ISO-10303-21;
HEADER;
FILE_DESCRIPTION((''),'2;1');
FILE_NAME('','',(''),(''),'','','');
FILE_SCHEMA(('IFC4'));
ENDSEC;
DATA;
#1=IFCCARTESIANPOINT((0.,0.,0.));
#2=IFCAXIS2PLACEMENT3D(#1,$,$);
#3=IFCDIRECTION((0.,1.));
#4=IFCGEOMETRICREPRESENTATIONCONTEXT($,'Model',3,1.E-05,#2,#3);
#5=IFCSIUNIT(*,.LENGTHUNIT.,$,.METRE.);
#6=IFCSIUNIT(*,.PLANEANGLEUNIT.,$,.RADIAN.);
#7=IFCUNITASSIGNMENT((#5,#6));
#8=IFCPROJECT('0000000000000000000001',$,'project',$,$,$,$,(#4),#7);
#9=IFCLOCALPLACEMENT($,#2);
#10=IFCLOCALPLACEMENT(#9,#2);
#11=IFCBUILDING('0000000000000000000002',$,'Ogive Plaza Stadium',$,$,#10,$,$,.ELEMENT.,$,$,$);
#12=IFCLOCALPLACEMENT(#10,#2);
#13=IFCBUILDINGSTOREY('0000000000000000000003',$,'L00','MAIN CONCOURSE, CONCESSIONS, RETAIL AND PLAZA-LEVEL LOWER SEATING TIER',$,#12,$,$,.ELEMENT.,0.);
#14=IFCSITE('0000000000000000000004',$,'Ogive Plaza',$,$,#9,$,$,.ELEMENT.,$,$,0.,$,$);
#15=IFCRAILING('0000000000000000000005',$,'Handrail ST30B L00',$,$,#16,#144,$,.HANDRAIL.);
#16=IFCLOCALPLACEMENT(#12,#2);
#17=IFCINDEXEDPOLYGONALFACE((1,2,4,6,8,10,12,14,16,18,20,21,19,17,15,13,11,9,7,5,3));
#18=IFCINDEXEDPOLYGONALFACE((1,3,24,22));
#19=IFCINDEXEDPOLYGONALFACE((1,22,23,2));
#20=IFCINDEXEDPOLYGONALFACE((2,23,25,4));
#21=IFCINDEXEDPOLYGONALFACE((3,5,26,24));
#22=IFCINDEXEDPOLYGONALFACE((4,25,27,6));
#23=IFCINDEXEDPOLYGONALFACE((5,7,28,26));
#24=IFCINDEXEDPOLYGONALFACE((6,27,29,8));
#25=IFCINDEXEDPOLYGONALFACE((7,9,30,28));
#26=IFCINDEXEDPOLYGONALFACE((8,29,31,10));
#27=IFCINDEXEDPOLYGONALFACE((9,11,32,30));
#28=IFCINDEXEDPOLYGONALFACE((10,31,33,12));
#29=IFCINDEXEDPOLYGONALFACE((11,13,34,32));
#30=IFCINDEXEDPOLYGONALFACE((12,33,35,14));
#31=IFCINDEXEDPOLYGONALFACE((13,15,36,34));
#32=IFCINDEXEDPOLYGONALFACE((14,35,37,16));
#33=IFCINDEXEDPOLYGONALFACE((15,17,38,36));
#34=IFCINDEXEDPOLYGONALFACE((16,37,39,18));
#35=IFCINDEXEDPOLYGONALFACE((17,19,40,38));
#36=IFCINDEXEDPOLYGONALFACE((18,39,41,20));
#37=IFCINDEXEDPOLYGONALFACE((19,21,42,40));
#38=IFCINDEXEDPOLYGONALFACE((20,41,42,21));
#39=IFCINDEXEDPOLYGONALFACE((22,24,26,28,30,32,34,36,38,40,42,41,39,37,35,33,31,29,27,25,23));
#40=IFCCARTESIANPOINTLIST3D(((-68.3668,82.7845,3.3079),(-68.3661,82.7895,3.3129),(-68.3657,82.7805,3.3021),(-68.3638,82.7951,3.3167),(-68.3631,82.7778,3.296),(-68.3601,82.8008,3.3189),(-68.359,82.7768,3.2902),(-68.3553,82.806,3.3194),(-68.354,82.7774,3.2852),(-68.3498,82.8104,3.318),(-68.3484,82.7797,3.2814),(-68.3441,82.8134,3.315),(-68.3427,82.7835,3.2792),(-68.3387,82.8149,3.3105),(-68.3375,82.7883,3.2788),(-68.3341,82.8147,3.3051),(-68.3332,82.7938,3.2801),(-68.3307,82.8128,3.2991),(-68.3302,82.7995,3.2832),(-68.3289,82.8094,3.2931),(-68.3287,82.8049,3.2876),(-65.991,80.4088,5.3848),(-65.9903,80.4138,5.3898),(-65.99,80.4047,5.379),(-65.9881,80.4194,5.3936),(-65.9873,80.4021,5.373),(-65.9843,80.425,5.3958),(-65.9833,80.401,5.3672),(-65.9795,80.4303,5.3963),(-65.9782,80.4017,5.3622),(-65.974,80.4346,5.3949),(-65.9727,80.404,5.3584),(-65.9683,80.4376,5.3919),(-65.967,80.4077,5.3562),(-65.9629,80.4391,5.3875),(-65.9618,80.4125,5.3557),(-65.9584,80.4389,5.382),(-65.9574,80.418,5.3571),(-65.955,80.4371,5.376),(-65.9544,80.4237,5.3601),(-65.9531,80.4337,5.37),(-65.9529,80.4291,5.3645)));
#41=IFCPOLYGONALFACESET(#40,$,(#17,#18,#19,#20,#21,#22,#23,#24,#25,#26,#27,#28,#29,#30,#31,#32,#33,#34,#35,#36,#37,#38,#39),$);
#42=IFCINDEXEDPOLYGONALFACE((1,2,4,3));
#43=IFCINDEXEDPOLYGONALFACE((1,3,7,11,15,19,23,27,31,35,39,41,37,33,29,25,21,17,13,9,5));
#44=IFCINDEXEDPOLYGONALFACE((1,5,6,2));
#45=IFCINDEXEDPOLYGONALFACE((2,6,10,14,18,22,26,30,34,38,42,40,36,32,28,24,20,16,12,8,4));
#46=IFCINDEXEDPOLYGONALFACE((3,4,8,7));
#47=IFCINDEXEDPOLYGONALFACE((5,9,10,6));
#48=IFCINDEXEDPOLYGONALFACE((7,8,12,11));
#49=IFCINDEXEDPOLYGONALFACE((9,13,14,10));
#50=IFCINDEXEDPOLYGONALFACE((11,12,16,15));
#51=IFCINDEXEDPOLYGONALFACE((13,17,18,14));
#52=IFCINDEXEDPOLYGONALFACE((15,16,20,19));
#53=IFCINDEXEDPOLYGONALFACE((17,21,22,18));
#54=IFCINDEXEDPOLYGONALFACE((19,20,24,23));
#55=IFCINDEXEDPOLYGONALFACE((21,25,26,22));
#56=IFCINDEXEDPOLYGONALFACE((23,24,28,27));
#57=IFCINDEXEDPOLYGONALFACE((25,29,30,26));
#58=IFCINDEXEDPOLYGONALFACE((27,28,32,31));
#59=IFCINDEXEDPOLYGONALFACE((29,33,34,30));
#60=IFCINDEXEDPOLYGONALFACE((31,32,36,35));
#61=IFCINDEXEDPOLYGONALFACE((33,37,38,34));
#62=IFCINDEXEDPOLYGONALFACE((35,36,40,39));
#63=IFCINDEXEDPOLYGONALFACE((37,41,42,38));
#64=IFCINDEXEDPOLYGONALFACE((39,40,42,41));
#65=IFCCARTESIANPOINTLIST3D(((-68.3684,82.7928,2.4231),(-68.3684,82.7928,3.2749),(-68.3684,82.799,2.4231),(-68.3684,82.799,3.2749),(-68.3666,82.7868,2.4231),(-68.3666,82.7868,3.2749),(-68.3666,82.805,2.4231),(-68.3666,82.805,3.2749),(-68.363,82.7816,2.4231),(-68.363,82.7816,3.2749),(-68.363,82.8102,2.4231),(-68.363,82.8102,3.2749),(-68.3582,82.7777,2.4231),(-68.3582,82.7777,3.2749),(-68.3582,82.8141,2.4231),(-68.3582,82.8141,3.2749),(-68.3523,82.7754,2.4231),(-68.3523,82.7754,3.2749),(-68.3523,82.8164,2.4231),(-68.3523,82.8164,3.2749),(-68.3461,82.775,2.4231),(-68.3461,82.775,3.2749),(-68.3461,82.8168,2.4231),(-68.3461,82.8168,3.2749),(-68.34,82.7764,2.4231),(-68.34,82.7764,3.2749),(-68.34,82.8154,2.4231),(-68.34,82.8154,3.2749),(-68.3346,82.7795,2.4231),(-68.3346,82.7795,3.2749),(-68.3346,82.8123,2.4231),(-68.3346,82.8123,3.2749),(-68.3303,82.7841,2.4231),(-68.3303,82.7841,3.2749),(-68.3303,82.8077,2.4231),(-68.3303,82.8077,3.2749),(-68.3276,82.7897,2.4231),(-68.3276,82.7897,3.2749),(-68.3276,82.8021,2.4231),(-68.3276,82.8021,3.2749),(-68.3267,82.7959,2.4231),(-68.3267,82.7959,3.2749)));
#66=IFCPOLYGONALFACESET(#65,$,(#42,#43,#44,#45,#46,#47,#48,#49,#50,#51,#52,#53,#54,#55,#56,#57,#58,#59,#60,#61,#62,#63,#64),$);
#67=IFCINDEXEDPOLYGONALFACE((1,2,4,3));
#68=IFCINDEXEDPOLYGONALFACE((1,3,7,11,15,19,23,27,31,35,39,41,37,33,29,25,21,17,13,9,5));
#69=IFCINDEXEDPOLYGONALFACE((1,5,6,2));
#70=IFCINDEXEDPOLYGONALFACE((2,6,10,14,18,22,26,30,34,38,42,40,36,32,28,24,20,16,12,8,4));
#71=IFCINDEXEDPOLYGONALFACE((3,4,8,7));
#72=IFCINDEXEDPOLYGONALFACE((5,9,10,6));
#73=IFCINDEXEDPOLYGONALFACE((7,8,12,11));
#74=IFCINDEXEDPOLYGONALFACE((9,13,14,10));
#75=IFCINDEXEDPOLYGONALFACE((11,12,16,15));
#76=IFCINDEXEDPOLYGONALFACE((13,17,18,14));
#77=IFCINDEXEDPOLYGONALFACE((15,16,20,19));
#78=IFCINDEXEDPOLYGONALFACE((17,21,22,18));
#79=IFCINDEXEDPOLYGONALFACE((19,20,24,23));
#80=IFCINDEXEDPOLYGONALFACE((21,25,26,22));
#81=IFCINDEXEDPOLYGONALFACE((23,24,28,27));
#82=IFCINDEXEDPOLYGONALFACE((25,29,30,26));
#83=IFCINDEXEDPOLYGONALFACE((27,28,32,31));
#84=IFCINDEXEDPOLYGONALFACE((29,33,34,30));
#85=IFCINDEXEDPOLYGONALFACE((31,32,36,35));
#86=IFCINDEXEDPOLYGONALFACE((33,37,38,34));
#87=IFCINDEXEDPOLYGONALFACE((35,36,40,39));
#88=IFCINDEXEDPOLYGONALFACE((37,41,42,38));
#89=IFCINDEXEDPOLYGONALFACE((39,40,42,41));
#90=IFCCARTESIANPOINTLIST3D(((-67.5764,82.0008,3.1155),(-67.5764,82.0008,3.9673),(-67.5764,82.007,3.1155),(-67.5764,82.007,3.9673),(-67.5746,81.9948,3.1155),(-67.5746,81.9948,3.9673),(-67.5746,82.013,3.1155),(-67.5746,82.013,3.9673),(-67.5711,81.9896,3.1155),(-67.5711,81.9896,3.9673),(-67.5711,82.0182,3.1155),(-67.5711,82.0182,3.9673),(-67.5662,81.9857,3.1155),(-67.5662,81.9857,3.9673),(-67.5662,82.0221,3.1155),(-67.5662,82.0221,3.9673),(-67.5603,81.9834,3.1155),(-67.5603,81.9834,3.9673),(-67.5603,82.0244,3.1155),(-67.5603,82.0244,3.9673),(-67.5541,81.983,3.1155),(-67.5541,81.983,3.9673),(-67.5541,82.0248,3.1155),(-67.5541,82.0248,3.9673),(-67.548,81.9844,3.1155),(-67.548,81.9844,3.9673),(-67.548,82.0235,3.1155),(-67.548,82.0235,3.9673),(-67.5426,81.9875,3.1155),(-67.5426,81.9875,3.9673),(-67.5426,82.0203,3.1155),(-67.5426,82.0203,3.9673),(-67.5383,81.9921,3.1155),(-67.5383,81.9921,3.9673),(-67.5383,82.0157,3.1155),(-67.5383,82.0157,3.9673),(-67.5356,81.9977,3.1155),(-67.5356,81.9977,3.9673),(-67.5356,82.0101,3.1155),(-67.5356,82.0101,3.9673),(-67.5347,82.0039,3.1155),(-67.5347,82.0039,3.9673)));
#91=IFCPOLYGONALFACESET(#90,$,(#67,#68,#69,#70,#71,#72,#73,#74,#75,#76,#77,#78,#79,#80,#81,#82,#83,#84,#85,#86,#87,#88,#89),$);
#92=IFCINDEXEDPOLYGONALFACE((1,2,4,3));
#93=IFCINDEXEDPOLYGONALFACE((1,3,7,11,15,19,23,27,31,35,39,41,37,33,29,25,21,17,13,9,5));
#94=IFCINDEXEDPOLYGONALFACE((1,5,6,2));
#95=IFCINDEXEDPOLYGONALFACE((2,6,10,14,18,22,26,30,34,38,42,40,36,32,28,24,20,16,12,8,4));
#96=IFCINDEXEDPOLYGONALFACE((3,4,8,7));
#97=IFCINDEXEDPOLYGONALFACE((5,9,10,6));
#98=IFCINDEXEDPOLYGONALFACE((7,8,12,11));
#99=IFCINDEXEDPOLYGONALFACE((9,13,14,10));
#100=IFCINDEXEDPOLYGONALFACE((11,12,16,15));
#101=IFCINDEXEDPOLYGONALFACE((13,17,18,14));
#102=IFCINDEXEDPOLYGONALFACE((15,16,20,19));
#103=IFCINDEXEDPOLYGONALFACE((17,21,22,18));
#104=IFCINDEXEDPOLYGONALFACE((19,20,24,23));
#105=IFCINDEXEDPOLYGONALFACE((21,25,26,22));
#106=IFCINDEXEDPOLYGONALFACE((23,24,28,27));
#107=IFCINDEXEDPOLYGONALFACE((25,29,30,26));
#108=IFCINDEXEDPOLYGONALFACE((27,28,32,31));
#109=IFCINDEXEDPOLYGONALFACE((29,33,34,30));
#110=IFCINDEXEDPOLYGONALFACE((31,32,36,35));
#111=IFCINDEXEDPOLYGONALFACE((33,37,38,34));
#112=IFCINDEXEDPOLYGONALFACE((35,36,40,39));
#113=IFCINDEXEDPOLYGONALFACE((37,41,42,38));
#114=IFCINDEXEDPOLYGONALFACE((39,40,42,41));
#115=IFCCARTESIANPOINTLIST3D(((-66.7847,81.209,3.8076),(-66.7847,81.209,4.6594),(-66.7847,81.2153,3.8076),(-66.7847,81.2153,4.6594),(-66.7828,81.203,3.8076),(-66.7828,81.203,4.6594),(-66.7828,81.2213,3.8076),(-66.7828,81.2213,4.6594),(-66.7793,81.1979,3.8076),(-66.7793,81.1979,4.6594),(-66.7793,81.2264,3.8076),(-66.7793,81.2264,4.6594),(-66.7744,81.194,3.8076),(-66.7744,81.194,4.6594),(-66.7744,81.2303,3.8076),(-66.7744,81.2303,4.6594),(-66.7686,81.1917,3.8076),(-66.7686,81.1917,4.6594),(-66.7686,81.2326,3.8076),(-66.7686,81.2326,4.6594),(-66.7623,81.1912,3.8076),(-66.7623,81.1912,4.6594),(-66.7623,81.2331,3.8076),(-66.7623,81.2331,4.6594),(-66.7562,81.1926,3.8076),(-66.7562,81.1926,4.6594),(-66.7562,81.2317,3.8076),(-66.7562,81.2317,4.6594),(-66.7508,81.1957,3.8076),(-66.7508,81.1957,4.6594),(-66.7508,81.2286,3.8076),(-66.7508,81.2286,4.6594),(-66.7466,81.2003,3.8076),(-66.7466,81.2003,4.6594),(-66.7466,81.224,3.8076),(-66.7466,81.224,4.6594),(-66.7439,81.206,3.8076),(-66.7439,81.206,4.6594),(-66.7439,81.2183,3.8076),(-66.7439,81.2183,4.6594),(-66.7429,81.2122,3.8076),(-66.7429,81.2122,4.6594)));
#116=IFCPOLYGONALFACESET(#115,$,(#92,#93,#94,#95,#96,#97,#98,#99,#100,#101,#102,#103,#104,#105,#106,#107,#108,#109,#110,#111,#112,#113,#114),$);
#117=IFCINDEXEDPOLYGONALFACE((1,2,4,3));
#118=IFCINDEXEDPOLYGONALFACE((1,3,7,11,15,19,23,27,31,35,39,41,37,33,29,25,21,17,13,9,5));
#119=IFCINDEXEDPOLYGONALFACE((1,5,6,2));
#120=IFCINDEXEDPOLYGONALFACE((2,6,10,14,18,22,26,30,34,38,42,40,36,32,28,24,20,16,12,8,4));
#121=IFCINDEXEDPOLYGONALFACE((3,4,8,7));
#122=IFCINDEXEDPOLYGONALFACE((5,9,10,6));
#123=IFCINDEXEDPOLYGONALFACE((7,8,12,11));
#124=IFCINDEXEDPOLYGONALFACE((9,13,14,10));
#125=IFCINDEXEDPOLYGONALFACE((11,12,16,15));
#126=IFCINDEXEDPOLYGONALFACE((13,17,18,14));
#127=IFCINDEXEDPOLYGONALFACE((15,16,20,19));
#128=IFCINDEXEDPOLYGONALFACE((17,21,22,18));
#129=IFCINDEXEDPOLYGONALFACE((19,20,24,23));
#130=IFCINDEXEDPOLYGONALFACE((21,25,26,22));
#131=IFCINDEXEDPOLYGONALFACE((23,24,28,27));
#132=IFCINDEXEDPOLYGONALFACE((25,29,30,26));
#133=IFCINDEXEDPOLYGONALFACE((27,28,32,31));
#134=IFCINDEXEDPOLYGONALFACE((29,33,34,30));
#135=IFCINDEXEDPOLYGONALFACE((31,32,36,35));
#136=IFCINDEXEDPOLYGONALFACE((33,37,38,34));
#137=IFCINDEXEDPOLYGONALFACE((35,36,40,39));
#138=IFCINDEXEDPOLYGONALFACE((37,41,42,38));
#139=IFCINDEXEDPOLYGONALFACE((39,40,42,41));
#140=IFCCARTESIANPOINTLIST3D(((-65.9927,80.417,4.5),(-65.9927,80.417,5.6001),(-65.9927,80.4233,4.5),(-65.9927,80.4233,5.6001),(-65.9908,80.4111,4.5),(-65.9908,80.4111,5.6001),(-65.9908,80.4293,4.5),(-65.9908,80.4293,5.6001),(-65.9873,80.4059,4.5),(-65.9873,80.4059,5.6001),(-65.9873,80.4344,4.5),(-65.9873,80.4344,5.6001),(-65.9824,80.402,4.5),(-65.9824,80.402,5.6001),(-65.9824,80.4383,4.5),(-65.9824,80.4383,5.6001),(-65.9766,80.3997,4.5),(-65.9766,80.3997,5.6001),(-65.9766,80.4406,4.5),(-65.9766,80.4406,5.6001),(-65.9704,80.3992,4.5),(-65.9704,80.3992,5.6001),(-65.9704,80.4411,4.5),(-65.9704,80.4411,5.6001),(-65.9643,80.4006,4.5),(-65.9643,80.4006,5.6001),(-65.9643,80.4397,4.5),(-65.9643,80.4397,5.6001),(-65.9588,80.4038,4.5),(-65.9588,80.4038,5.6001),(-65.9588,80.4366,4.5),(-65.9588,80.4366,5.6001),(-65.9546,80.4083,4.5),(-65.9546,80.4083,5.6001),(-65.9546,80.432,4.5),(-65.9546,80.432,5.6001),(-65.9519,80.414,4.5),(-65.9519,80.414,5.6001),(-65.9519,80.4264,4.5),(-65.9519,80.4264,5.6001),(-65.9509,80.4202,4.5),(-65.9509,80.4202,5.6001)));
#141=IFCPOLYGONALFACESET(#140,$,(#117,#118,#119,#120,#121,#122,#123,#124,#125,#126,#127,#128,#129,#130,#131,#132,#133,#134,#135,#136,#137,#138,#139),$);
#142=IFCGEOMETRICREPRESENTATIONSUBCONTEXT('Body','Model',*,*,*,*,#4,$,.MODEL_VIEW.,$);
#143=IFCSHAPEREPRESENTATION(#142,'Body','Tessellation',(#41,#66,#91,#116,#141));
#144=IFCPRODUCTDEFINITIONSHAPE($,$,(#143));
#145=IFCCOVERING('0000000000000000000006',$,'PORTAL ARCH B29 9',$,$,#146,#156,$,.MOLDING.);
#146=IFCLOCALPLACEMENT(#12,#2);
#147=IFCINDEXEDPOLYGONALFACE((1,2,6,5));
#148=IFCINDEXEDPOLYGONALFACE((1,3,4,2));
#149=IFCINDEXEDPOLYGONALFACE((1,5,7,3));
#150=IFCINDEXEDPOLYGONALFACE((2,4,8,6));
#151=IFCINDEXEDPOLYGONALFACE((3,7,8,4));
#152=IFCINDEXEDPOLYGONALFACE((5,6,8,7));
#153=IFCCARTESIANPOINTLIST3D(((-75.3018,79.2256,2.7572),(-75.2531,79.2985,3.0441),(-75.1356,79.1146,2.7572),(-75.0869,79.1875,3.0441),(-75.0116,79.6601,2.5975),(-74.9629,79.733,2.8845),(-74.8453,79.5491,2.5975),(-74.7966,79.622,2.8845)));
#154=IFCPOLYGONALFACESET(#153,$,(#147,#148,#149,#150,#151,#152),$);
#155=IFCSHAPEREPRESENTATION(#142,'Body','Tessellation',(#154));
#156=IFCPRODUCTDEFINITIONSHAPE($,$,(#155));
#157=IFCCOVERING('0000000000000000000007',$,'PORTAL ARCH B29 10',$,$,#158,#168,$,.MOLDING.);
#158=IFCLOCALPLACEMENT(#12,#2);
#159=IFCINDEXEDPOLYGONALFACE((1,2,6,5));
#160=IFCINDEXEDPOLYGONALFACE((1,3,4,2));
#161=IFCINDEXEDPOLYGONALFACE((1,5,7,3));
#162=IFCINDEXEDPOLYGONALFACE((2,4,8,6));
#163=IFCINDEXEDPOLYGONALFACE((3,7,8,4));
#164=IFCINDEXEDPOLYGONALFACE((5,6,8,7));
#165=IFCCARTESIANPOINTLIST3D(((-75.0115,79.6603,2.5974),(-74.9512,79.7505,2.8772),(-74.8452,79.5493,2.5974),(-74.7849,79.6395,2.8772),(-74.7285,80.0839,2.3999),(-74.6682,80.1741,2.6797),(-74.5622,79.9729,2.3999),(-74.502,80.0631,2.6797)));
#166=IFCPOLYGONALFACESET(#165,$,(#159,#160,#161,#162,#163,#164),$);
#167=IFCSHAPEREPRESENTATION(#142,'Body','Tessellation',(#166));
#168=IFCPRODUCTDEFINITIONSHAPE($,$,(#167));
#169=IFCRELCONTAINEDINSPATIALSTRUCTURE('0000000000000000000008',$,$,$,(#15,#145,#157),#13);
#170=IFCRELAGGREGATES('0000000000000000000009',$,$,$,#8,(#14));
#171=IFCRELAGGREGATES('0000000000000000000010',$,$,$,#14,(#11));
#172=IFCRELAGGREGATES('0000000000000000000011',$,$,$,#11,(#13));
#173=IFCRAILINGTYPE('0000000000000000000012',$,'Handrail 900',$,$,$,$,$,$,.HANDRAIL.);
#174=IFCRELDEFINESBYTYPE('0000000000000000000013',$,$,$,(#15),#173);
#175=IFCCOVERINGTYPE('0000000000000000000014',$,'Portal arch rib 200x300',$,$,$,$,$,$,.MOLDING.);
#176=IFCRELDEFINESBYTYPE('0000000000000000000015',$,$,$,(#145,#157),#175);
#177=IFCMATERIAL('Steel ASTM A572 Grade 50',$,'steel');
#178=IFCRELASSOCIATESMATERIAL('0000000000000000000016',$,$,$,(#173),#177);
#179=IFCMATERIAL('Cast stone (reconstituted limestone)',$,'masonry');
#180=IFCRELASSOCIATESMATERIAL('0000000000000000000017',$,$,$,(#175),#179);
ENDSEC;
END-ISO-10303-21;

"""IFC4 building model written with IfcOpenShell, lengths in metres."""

from ifc_helpers import new_model, si_unit, direction, frame, origin, origin_2d, place, context, subcontext, project, spatial, rectangle, circle, extrude, material, material_profile, profile_set, type_object, element, save


model = new_model("IFC4")

# Units and contexts
model_context = context("Model", 3, precision=1e-05, world=origin(), true_north=direction((0.0, 1.0)))
body_context = subcontext(model_context, "Body", "Model", "MODEL_VIEW")
ifc_project = project(units=[si_unit("LENGTHUNIT", "METRE"), si_unit("PLANEANGLEUNIT", "RADIAN")], contexts=[model_context])

# Site, building, storey
site_placement = place(None, origin())
site = spatial("IfcSite", under=ifc_project, at=site_placement, Name="Ogive Plaza", CompositionType="ELEMENT", RefElevation=0.0)
building_placement = place(site_placement, origin())
building = spatial("IfcBuilding", under=site, at=building_placement, Name="Ogive Plaza Stadium", CompositionType="ELEMENT")
storey_placement = place(building_placement, origin())
storey = spatial("IfcBuildingStorey", under=building, at=storey_placement, Name="L00", Description="MAIN CONCOURSE, CONCESSIONS, RETAIL AND PLAZA-LEVEL LOWER SEATING TIER", CompositionType="ELEMENT", Elevation=0.0)

# Railing
ifc_material_1 = material(Name="Steel ASTM A572 Grade 50", Category="steel")
railing_type_1 = type_object("IfcRailingType", Name="Handrail 900", PredefinedType="HANDRAIL", material=ifc_material_1)
for number, where, name in (
    (1, (-68.3477, 82.7959, 2.4231), "Handrail ST30B L00"),
):
    element("IfcRailing", number, at=place(storey_placement, frame(where)), inside=storey, type_object=railing_type_1, Name=name, PredefinedType="HANDRAIL", context=body_context, shape_type="SweptSolid", body=[
        extrude(circle(Radius=0.0239, at=origin_2d()), frame((0.0, 0.0, 0.876), z_axis=(0.601466, -0.601466, 0.525811), x_axis=(0.707107, 0.707107, 0.0)), (0.0, 0.0, 1.0), 3.95),
        extrude(circle(Radius=0.021, at=origin_2d()), origin(), (0.0, 0.0, 1.0), 0.8518),
        extrude(circle(Radius=0.021, at=origin_2d()), frame((0.792, -0.792, 0.6924)), (0.0, 0.0, 1.0), 0.8518),
        extrude(circle(Radius=0.021, at=origin_2d()), frame((1.5837, -1.5837, 1.3845)), (0.0, 0.0, 1.0), 0.8518),
        extrude(circle(Radius=0.021, at=origin_2d()), frame((2.3757, -2.3757, 2.0769)), (0.0, 0.0, 1.0), 1.1001),
    ])

# Coverings
ifc_material_2 = material(Name="Cast stone (reconstituted limestone)", Category="masonry")
ifc_material_profile_1 = material_profile(ifc_material_2, rectangle(XDim=0.2, YDim=0.3, at=origin_2d()), Name="Cast stone 200x300")
ifc_profile_set_1 = profile_set([ifc_material_profile_1], Name="Cast stone (reconstituted limestone)")
covering_type = type_object("IfcCoveringType", Name="Portal arch rib 200x300", PredefinedType="MOLDING", material=ifc_profile_set_1)
for number, where, z_axis, x_axis, name in (
    (2, (-75.1943, 79.2065, 2.9006), (0.531215, 0.795258, -0.29219), (-0.831547, 0.555455, 0.0), "PORTAL ARCH B29 9"),
    (3, (-74.8982, 79.6499, 2.7373), (0.517907, 0.775297, -0.361507), (-0.831534, 0.555474, 0.0), "PORTAL ARCH B29 10"),
):
    element("IfcCovering", number, at=place(storey_placement, frame(where, z_axis=z_axis, x_axis=x_axis)), inside=storey, type_object=covering_type, Name=name, PredefinedType="MOLDING", context=body_context, shape_type="SweptSolid", body=[
        extrude(rectangle(XDim=0.2, YDim=0.3, at=origin_2d()), origin(), (0.0, 0.0, 1.0), 0.5464),
    ])

save(model, "model.ifc")
